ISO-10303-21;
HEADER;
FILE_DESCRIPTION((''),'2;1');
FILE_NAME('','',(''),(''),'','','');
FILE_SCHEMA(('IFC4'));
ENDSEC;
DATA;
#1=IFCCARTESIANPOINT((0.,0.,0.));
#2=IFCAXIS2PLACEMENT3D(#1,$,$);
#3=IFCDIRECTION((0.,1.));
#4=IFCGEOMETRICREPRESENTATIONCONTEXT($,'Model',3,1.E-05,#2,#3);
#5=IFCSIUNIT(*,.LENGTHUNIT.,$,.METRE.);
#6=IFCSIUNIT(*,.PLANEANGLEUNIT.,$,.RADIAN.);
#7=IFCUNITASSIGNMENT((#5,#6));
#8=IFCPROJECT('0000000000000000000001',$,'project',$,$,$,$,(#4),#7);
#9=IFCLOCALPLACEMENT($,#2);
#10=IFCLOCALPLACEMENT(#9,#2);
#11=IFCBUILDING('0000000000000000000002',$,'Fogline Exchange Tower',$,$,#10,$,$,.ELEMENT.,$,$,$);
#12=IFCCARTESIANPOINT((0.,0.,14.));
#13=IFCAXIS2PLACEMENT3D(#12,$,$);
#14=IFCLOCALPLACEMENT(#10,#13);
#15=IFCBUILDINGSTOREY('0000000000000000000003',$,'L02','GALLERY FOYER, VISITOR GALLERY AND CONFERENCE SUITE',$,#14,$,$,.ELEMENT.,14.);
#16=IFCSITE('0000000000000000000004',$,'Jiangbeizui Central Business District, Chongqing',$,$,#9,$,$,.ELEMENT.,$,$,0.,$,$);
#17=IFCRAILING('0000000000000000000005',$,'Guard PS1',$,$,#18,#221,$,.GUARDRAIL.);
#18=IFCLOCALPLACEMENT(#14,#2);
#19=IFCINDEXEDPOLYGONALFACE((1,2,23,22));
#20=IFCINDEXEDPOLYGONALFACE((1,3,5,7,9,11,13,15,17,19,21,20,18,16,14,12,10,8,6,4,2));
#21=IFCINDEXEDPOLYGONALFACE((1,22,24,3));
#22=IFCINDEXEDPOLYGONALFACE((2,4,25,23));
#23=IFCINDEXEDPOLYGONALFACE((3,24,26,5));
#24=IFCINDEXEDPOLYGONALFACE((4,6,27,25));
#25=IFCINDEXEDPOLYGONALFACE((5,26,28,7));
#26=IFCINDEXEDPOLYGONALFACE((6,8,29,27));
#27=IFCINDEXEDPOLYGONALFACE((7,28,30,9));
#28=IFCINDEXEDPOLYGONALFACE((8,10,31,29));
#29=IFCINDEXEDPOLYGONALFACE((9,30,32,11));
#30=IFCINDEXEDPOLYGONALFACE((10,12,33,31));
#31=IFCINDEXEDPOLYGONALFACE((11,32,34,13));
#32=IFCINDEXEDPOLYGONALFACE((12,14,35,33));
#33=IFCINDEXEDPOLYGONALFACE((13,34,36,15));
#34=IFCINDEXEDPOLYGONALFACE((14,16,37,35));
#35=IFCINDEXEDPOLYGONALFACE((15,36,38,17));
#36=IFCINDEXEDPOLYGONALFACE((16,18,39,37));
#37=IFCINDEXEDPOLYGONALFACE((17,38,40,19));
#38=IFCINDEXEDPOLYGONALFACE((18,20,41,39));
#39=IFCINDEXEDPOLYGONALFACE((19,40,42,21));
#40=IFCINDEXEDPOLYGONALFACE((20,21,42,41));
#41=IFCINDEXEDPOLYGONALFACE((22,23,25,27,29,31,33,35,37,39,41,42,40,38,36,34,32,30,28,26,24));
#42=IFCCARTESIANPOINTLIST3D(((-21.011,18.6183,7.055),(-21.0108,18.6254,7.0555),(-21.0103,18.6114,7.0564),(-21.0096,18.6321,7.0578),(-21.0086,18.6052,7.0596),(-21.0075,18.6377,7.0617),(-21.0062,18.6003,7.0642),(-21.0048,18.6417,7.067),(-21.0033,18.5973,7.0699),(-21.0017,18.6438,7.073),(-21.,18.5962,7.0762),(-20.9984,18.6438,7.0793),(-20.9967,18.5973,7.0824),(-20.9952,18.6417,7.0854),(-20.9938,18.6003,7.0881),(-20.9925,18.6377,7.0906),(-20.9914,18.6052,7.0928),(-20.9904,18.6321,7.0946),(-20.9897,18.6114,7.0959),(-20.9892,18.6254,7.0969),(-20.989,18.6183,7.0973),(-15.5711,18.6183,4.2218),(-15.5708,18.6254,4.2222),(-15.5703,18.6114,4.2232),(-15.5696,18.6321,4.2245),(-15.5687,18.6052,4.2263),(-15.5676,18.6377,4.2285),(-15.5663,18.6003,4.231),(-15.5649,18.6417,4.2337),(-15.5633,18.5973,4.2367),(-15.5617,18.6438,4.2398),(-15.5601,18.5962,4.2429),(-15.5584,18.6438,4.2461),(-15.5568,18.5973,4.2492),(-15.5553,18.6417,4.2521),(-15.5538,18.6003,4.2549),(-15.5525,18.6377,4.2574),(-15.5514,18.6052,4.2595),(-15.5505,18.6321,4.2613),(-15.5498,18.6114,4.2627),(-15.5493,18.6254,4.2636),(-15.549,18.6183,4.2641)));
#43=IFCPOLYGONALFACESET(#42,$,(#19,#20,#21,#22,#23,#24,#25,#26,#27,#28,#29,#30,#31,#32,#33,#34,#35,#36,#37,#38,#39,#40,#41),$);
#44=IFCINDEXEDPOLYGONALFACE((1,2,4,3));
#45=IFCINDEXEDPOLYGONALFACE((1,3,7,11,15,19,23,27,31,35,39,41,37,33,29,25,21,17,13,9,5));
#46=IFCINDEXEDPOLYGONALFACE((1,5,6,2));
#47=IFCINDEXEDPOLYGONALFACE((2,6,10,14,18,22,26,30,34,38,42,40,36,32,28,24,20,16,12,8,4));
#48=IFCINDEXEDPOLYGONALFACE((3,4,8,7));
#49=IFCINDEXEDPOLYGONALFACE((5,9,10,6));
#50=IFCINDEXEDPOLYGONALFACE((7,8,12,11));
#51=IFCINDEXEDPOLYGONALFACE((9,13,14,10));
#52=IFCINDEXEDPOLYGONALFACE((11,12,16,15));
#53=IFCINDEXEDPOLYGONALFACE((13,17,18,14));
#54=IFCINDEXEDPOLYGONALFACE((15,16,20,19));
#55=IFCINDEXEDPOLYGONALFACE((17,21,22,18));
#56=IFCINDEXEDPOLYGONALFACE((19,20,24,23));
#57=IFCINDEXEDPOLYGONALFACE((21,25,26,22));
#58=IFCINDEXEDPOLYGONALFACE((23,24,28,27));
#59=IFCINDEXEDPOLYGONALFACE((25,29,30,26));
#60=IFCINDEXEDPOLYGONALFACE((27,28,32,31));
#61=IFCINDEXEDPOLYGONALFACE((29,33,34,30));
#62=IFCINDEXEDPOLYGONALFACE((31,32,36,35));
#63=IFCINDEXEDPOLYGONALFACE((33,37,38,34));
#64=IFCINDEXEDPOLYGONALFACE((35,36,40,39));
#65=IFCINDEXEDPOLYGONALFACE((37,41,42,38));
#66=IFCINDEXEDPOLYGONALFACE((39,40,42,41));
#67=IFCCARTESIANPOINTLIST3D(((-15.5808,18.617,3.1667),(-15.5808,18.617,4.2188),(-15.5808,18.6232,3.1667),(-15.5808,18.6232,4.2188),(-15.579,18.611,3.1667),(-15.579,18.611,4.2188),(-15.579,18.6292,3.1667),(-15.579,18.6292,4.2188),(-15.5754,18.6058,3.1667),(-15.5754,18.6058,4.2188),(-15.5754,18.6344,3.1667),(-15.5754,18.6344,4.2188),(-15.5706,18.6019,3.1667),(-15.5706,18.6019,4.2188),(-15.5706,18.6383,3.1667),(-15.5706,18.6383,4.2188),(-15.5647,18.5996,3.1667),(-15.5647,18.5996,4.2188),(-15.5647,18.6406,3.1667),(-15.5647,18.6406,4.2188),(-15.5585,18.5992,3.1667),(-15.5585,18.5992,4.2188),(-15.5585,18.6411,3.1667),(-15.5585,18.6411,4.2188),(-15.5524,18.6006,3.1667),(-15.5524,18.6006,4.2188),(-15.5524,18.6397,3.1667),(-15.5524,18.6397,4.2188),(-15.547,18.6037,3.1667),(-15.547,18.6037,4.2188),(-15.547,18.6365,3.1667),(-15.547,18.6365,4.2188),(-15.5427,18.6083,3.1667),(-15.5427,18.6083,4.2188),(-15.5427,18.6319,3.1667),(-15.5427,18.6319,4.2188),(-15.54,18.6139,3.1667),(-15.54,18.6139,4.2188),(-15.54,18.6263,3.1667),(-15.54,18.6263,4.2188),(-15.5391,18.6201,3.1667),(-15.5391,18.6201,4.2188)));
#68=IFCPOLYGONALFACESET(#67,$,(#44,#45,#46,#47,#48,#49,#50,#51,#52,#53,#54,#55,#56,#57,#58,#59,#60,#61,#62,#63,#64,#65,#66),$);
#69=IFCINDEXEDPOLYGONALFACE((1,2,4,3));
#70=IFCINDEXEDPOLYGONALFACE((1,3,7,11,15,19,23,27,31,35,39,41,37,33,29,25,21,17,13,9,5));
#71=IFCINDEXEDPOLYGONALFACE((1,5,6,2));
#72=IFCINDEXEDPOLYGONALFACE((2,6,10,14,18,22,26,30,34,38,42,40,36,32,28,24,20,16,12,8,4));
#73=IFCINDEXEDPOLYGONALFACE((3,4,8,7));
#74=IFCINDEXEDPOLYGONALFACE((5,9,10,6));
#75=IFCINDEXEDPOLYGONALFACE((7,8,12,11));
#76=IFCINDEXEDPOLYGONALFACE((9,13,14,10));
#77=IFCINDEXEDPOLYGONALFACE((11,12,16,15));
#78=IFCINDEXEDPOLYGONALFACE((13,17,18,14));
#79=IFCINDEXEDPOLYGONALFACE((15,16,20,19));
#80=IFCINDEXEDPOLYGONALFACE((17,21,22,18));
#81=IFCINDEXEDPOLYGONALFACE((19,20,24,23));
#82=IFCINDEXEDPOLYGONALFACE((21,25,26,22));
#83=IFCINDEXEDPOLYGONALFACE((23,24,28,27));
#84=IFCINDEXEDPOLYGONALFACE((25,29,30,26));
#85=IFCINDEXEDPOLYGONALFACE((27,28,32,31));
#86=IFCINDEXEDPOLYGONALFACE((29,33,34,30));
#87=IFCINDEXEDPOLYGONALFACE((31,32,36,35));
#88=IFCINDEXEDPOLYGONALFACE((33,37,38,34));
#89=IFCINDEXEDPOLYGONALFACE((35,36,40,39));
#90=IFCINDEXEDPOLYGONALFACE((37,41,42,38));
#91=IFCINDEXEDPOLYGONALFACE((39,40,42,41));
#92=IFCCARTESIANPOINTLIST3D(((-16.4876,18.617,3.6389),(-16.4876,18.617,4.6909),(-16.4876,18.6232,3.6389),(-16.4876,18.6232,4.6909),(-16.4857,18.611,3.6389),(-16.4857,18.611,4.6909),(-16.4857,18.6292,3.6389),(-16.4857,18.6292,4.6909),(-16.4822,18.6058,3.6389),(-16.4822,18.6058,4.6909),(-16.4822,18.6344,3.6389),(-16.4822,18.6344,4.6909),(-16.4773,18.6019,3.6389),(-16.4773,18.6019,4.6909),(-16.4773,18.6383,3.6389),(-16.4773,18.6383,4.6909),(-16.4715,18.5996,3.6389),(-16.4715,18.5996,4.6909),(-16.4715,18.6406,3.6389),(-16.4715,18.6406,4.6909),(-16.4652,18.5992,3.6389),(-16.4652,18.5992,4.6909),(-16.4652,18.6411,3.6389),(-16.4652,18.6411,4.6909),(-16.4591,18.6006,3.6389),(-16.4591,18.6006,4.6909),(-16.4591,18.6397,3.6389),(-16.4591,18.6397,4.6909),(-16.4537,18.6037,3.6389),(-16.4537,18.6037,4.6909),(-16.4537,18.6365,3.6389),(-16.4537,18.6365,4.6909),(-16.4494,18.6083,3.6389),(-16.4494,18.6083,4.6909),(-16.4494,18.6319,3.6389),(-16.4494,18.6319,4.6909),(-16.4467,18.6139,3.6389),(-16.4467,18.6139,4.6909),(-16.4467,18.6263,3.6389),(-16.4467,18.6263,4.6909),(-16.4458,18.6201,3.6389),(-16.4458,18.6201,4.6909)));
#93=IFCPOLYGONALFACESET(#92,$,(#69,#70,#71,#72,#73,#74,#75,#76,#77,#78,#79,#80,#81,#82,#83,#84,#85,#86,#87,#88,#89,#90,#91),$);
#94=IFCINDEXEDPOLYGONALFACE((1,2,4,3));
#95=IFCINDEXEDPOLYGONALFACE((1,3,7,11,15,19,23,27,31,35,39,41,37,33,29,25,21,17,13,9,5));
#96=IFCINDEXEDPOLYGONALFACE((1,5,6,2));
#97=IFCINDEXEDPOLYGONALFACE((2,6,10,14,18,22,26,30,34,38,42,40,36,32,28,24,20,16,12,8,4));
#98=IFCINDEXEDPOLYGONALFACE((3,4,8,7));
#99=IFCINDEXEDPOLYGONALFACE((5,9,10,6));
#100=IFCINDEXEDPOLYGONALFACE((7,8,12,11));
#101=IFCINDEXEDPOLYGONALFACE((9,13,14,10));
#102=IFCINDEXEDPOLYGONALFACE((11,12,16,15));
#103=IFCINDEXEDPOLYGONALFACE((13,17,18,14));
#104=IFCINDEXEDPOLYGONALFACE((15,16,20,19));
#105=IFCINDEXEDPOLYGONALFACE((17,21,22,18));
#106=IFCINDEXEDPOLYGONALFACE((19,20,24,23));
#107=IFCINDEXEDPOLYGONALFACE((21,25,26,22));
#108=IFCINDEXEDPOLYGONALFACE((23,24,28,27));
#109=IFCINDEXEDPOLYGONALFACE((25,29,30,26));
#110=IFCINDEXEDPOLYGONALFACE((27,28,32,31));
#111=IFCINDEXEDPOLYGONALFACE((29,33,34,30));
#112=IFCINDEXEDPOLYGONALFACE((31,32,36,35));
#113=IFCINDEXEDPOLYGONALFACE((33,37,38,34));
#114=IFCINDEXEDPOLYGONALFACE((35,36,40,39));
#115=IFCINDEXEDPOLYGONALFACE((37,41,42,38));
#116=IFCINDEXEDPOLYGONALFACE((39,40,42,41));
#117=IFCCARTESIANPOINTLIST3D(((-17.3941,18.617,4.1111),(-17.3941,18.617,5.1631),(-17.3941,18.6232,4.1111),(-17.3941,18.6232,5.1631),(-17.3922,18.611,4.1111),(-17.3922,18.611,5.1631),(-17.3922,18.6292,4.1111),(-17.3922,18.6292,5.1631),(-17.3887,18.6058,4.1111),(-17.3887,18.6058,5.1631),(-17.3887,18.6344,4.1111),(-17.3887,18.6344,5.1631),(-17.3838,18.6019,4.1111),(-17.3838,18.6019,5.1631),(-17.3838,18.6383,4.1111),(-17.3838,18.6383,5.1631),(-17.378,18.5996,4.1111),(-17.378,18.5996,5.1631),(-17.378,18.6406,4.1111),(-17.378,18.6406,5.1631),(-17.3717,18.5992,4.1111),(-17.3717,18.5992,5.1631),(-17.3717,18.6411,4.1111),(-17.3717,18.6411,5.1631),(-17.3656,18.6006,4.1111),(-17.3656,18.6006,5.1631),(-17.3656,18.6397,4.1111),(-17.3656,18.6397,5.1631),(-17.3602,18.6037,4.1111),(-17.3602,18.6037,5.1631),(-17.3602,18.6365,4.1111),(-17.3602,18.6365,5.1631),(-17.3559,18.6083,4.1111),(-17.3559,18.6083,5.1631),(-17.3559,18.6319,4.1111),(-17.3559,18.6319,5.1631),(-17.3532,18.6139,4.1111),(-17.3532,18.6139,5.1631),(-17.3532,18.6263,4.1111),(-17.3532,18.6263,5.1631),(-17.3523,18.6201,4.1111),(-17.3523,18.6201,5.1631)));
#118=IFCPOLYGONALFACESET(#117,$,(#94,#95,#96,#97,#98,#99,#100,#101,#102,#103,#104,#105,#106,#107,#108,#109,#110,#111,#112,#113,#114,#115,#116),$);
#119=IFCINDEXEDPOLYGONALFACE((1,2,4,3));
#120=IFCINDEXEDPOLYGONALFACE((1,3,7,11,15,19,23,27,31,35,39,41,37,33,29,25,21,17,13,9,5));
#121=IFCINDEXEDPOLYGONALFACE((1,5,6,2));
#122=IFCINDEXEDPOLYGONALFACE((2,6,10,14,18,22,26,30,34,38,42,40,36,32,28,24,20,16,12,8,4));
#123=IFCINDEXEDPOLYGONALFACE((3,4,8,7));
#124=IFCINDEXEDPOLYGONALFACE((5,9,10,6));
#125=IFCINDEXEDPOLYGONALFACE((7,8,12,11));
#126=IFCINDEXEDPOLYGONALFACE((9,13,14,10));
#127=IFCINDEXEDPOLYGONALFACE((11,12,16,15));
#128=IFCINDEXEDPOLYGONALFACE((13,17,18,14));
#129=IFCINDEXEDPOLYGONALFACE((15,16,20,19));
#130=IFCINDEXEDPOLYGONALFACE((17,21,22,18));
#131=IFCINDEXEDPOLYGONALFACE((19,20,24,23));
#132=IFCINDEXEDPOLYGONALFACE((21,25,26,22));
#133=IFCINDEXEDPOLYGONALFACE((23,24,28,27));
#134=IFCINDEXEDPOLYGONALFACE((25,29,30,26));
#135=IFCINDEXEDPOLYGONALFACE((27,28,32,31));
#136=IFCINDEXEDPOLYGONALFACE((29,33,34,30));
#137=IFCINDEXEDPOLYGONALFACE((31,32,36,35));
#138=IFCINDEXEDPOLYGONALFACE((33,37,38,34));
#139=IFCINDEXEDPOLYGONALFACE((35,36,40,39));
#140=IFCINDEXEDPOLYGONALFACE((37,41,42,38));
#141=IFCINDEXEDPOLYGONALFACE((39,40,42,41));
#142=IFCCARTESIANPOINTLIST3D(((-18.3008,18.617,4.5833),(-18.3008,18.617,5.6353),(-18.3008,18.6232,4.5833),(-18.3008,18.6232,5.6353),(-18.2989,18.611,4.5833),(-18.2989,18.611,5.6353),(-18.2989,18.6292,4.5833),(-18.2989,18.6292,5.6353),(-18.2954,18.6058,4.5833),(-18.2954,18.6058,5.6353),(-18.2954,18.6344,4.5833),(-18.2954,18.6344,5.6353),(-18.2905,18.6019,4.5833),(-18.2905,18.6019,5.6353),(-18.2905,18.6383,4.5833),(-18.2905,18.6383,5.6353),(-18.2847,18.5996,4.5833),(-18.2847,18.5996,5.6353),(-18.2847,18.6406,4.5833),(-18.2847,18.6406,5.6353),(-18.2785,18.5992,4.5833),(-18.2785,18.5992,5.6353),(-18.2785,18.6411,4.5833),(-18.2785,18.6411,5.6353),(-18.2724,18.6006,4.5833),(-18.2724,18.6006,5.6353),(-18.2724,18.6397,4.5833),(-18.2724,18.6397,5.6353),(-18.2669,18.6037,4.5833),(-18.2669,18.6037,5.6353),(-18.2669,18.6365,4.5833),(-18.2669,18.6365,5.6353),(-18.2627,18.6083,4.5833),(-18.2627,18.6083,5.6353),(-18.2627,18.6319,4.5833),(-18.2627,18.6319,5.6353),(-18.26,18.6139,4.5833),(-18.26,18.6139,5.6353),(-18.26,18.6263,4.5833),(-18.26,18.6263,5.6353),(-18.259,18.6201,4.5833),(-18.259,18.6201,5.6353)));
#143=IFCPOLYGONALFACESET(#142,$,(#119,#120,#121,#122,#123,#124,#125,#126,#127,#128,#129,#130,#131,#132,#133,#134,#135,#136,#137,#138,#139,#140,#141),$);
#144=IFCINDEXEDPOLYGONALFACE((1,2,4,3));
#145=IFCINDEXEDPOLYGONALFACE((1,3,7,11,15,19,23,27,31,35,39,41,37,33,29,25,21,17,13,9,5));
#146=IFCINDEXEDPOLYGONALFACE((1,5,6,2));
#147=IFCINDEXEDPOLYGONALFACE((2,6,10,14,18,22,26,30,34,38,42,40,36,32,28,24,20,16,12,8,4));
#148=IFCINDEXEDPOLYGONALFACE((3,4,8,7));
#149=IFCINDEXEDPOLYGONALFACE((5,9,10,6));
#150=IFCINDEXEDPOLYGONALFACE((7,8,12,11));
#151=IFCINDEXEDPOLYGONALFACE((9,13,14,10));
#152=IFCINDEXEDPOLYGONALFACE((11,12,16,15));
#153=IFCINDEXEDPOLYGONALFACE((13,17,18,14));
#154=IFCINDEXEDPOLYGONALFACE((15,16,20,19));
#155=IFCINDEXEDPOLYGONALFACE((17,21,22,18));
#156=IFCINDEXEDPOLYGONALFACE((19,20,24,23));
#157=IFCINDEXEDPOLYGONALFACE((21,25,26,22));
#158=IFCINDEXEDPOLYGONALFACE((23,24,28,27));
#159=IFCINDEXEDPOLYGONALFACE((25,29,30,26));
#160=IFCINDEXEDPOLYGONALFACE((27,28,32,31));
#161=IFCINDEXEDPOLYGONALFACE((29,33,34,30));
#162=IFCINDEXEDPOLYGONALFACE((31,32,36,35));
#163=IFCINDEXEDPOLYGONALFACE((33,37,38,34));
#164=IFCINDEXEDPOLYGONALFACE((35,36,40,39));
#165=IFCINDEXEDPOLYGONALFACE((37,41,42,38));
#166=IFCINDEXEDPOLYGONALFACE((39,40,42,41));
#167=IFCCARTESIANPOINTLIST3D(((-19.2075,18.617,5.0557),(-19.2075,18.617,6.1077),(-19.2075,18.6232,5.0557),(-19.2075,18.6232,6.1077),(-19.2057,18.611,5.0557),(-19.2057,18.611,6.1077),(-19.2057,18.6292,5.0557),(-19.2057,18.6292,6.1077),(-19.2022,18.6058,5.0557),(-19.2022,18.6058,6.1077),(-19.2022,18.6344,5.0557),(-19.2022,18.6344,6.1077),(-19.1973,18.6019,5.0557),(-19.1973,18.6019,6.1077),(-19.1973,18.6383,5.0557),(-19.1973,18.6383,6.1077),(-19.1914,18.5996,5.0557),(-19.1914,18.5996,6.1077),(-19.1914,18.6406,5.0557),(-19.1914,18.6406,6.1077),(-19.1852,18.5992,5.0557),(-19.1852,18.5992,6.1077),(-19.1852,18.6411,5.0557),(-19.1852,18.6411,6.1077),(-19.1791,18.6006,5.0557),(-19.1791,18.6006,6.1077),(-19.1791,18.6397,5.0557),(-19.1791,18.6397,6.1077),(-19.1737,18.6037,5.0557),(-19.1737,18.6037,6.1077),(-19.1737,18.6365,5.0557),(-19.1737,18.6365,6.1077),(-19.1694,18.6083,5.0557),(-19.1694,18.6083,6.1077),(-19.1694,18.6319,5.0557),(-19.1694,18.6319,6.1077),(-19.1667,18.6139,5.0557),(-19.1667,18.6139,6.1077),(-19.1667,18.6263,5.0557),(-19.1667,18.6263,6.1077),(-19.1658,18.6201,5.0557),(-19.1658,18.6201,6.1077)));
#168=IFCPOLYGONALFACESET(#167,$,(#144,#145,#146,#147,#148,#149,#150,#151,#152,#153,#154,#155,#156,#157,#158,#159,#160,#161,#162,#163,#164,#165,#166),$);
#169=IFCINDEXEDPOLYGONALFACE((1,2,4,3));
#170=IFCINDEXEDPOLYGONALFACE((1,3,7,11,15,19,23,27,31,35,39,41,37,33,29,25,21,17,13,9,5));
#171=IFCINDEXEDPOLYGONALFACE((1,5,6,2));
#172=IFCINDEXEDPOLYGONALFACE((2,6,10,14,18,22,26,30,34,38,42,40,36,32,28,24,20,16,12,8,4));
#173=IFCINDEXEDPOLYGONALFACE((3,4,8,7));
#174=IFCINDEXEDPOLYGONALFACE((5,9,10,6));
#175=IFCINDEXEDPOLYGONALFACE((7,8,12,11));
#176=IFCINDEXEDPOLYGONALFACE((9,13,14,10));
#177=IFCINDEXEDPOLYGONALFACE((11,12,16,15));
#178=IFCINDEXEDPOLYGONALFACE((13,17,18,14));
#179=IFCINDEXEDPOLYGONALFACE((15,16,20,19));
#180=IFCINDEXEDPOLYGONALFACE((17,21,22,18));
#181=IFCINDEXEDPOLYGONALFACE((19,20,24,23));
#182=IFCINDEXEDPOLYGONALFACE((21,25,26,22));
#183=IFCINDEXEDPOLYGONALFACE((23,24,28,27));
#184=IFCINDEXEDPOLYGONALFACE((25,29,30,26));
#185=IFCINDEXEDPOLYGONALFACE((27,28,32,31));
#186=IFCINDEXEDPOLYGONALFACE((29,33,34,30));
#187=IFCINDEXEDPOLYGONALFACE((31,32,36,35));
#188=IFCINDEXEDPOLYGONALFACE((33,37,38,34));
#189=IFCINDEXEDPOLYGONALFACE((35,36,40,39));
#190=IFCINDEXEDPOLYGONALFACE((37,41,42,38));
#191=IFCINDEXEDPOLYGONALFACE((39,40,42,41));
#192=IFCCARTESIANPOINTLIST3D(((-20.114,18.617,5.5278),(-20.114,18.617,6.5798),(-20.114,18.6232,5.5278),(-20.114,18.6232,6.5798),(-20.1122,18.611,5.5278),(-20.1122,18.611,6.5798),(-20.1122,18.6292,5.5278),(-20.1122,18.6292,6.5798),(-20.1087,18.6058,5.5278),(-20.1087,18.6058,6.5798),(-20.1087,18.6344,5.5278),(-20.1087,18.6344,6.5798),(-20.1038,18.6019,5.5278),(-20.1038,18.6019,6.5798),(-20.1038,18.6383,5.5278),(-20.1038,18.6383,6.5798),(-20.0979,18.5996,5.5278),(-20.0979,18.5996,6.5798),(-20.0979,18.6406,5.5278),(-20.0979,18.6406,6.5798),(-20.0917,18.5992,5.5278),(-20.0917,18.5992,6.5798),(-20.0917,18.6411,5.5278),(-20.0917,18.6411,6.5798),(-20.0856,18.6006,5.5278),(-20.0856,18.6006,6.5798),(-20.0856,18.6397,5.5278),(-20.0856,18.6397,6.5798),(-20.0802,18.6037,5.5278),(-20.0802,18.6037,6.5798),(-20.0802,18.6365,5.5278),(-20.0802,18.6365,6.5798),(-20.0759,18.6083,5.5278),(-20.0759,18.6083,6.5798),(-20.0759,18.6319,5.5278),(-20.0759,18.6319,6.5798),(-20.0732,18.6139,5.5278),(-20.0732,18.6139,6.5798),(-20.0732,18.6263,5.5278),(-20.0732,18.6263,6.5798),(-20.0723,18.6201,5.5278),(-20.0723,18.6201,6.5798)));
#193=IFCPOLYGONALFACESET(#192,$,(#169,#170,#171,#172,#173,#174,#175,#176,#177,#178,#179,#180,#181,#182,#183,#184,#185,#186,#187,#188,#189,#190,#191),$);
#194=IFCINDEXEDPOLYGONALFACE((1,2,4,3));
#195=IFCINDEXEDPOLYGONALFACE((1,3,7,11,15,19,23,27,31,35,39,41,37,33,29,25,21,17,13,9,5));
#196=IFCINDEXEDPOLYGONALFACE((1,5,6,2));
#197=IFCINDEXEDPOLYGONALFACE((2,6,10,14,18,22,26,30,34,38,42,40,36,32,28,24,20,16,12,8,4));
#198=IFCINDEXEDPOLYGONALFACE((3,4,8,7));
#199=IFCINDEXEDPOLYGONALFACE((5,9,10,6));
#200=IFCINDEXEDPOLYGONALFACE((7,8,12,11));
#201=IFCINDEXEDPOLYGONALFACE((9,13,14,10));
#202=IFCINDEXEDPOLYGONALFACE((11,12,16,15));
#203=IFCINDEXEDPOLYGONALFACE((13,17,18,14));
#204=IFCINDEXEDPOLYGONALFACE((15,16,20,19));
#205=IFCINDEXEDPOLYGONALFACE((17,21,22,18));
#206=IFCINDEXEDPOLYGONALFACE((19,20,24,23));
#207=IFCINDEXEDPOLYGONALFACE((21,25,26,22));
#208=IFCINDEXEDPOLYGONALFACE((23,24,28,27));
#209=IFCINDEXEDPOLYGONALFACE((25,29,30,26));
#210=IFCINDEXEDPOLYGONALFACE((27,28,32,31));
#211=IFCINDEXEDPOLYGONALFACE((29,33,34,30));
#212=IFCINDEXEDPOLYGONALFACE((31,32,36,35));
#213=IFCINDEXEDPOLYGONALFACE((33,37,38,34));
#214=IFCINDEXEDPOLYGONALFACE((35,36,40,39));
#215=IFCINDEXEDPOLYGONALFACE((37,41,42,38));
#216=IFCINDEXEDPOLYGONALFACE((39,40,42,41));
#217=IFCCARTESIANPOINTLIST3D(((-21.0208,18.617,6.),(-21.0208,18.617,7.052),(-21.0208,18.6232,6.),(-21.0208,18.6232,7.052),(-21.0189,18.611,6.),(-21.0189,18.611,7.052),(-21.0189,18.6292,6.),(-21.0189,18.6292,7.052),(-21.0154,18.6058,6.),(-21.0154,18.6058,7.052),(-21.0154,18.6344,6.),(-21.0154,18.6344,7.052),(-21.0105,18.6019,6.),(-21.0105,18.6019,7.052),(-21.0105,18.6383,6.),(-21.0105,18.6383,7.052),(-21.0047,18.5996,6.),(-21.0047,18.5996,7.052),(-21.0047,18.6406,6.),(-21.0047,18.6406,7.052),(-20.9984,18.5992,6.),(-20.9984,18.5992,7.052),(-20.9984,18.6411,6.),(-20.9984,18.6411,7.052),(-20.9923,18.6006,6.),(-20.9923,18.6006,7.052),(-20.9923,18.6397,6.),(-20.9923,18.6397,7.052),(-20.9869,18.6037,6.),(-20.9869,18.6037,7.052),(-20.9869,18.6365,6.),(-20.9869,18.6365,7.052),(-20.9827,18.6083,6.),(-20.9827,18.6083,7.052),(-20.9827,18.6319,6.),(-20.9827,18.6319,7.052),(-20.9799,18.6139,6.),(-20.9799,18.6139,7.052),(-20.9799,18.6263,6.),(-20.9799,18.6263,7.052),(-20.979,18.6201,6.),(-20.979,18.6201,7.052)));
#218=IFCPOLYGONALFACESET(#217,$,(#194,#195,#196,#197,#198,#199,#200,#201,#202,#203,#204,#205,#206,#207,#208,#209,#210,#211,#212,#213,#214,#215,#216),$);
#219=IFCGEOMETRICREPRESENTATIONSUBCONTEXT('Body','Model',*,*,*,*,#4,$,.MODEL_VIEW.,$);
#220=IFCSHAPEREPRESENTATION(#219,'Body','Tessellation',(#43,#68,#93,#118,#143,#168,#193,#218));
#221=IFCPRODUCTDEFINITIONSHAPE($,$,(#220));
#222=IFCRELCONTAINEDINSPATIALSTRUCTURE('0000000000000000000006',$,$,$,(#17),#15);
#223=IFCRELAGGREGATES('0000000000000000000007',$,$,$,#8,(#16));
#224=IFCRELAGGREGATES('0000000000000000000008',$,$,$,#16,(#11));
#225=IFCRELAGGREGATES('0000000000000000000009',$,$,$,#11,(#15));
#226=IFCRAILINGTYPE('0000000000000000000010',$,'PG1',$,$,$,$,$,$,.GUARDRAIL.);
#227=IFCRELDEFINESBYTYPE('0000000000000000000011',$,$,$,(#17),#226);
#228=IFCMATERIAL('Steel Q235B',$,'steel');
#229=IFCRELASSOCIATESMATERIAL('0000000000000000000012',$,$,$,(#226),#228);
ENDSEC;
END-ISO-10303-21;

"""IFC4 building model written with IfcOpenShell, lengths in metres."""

from ifc_helpers import new_model, si_unit, direction, frame, origin, origin_2d, place, context, subcontext, project, spatial, circle, extrude, material, type_object, element, save


model = new_model("IFC4")

# Units and contexts
model_context = context("Model", 3, precision=1e-05, world=origin(), true_north=direction((0.0, 1.0)))
body_context = subcontext(model_context, "Body", "Model", "MODEL_VIEW")
ifc_project = project(units=[si_unit("LENGTHUNIT", "METRE"), si_unit("PLANEANGLEUNIT", "RADIAN")], contexts=[model_context])

# Site, building, storey
site_placement = place(None, origin())
site = spatial("IfcSite", under=ifc_project, at=site_placement, Name="Jiangbeizui Central Business District, Chongqing", CompositionType="ELEMENT", RefElevation=0.0)
building_placement = place(site_placement, origin())
building = spatial("IfcBuilding", under=site, at=building_placement, Name="Fogline Exchange Tower", CompositionType="ELEMENT")
storey_placement = place(building_placement, frame((0.0, 0.0, 14.0)))
storey = spatial("IfcBuildingStorey", under=building, at=storey_placement, Name="L02", Description="GALLERY FOYER, VISITOR GALLERY AND CONFERENCE SUITE", CompositionType="ELEMENT", Elevation=14.0)

# Shared definitions
ifc_material_1 = material(Name="Steel Q235B", Category="steel")

# Railing
railing_type_1 = type_object("IfcRailingType", Name="PG1", PredefinedType="GUARDRAIL", material=ifc_material_1)
railing_1_placement = place(storey_placement, frame((-15.5601, 18.6201, 3.1667)))
element("IfcRailing", 1, at=railing_1_placement, inside=storey, type_object=railing_type_1, Name="Guard PS1", PredefinedType="GUARDRAIL", context=body_context, shape_type="SweptSolid", body=[
    extrude(circle(Radius=0.0239, at=origin_2d()), frame((0.0, 0.0, 1.0762), z_axis=(-0.886917, 0.0, 0.461928), x_axis=(0.0, -1.0, 0.0)), (0.0, 0.0, 1.0), 6.1335),
    extrude(circle(Radius=0.021, at=origin_2d()), origin(), (0.0, 0.0, 1.0), 1.052),
    extrude(circle(Radius=0.021, at=origin_2d()), frame((-0.9067, 0.0, 0.4722)), (0.0, 0.0, 1.0), 1.052),
    extrude(circle(Radius=0.021, at=origin_2d()), frame((-1.8132, 0.0, 0.9443)), (0.0, 0.0, 1.0), 1.052),
    extrude(circle(Radius=0.021, at=origin_2d()), frame((-2.72, 0.0, 1.4165)), (0.0, 0.0, 1.0), 1.052),
    extrude(circle(Radius=0.021, at=origin_2d()), frame((-3.6267, 0.0, 1.8889)), (0.0, 0.0, 1.0), 1.052),
    extrude(circle(Radius=0.021, at=origin_2d()), frame((-4.5332, 0.0, 2.3611)), (0.0, 0.0, 1.0), 1.052),
    extrude(circle(Radius=0.021, at=origin_2d()), frame((-5.4399, 0.0, 2.8333)), (0.0, 0.0, 1.0), 1.052),
])

save(model, "model.ifc")
